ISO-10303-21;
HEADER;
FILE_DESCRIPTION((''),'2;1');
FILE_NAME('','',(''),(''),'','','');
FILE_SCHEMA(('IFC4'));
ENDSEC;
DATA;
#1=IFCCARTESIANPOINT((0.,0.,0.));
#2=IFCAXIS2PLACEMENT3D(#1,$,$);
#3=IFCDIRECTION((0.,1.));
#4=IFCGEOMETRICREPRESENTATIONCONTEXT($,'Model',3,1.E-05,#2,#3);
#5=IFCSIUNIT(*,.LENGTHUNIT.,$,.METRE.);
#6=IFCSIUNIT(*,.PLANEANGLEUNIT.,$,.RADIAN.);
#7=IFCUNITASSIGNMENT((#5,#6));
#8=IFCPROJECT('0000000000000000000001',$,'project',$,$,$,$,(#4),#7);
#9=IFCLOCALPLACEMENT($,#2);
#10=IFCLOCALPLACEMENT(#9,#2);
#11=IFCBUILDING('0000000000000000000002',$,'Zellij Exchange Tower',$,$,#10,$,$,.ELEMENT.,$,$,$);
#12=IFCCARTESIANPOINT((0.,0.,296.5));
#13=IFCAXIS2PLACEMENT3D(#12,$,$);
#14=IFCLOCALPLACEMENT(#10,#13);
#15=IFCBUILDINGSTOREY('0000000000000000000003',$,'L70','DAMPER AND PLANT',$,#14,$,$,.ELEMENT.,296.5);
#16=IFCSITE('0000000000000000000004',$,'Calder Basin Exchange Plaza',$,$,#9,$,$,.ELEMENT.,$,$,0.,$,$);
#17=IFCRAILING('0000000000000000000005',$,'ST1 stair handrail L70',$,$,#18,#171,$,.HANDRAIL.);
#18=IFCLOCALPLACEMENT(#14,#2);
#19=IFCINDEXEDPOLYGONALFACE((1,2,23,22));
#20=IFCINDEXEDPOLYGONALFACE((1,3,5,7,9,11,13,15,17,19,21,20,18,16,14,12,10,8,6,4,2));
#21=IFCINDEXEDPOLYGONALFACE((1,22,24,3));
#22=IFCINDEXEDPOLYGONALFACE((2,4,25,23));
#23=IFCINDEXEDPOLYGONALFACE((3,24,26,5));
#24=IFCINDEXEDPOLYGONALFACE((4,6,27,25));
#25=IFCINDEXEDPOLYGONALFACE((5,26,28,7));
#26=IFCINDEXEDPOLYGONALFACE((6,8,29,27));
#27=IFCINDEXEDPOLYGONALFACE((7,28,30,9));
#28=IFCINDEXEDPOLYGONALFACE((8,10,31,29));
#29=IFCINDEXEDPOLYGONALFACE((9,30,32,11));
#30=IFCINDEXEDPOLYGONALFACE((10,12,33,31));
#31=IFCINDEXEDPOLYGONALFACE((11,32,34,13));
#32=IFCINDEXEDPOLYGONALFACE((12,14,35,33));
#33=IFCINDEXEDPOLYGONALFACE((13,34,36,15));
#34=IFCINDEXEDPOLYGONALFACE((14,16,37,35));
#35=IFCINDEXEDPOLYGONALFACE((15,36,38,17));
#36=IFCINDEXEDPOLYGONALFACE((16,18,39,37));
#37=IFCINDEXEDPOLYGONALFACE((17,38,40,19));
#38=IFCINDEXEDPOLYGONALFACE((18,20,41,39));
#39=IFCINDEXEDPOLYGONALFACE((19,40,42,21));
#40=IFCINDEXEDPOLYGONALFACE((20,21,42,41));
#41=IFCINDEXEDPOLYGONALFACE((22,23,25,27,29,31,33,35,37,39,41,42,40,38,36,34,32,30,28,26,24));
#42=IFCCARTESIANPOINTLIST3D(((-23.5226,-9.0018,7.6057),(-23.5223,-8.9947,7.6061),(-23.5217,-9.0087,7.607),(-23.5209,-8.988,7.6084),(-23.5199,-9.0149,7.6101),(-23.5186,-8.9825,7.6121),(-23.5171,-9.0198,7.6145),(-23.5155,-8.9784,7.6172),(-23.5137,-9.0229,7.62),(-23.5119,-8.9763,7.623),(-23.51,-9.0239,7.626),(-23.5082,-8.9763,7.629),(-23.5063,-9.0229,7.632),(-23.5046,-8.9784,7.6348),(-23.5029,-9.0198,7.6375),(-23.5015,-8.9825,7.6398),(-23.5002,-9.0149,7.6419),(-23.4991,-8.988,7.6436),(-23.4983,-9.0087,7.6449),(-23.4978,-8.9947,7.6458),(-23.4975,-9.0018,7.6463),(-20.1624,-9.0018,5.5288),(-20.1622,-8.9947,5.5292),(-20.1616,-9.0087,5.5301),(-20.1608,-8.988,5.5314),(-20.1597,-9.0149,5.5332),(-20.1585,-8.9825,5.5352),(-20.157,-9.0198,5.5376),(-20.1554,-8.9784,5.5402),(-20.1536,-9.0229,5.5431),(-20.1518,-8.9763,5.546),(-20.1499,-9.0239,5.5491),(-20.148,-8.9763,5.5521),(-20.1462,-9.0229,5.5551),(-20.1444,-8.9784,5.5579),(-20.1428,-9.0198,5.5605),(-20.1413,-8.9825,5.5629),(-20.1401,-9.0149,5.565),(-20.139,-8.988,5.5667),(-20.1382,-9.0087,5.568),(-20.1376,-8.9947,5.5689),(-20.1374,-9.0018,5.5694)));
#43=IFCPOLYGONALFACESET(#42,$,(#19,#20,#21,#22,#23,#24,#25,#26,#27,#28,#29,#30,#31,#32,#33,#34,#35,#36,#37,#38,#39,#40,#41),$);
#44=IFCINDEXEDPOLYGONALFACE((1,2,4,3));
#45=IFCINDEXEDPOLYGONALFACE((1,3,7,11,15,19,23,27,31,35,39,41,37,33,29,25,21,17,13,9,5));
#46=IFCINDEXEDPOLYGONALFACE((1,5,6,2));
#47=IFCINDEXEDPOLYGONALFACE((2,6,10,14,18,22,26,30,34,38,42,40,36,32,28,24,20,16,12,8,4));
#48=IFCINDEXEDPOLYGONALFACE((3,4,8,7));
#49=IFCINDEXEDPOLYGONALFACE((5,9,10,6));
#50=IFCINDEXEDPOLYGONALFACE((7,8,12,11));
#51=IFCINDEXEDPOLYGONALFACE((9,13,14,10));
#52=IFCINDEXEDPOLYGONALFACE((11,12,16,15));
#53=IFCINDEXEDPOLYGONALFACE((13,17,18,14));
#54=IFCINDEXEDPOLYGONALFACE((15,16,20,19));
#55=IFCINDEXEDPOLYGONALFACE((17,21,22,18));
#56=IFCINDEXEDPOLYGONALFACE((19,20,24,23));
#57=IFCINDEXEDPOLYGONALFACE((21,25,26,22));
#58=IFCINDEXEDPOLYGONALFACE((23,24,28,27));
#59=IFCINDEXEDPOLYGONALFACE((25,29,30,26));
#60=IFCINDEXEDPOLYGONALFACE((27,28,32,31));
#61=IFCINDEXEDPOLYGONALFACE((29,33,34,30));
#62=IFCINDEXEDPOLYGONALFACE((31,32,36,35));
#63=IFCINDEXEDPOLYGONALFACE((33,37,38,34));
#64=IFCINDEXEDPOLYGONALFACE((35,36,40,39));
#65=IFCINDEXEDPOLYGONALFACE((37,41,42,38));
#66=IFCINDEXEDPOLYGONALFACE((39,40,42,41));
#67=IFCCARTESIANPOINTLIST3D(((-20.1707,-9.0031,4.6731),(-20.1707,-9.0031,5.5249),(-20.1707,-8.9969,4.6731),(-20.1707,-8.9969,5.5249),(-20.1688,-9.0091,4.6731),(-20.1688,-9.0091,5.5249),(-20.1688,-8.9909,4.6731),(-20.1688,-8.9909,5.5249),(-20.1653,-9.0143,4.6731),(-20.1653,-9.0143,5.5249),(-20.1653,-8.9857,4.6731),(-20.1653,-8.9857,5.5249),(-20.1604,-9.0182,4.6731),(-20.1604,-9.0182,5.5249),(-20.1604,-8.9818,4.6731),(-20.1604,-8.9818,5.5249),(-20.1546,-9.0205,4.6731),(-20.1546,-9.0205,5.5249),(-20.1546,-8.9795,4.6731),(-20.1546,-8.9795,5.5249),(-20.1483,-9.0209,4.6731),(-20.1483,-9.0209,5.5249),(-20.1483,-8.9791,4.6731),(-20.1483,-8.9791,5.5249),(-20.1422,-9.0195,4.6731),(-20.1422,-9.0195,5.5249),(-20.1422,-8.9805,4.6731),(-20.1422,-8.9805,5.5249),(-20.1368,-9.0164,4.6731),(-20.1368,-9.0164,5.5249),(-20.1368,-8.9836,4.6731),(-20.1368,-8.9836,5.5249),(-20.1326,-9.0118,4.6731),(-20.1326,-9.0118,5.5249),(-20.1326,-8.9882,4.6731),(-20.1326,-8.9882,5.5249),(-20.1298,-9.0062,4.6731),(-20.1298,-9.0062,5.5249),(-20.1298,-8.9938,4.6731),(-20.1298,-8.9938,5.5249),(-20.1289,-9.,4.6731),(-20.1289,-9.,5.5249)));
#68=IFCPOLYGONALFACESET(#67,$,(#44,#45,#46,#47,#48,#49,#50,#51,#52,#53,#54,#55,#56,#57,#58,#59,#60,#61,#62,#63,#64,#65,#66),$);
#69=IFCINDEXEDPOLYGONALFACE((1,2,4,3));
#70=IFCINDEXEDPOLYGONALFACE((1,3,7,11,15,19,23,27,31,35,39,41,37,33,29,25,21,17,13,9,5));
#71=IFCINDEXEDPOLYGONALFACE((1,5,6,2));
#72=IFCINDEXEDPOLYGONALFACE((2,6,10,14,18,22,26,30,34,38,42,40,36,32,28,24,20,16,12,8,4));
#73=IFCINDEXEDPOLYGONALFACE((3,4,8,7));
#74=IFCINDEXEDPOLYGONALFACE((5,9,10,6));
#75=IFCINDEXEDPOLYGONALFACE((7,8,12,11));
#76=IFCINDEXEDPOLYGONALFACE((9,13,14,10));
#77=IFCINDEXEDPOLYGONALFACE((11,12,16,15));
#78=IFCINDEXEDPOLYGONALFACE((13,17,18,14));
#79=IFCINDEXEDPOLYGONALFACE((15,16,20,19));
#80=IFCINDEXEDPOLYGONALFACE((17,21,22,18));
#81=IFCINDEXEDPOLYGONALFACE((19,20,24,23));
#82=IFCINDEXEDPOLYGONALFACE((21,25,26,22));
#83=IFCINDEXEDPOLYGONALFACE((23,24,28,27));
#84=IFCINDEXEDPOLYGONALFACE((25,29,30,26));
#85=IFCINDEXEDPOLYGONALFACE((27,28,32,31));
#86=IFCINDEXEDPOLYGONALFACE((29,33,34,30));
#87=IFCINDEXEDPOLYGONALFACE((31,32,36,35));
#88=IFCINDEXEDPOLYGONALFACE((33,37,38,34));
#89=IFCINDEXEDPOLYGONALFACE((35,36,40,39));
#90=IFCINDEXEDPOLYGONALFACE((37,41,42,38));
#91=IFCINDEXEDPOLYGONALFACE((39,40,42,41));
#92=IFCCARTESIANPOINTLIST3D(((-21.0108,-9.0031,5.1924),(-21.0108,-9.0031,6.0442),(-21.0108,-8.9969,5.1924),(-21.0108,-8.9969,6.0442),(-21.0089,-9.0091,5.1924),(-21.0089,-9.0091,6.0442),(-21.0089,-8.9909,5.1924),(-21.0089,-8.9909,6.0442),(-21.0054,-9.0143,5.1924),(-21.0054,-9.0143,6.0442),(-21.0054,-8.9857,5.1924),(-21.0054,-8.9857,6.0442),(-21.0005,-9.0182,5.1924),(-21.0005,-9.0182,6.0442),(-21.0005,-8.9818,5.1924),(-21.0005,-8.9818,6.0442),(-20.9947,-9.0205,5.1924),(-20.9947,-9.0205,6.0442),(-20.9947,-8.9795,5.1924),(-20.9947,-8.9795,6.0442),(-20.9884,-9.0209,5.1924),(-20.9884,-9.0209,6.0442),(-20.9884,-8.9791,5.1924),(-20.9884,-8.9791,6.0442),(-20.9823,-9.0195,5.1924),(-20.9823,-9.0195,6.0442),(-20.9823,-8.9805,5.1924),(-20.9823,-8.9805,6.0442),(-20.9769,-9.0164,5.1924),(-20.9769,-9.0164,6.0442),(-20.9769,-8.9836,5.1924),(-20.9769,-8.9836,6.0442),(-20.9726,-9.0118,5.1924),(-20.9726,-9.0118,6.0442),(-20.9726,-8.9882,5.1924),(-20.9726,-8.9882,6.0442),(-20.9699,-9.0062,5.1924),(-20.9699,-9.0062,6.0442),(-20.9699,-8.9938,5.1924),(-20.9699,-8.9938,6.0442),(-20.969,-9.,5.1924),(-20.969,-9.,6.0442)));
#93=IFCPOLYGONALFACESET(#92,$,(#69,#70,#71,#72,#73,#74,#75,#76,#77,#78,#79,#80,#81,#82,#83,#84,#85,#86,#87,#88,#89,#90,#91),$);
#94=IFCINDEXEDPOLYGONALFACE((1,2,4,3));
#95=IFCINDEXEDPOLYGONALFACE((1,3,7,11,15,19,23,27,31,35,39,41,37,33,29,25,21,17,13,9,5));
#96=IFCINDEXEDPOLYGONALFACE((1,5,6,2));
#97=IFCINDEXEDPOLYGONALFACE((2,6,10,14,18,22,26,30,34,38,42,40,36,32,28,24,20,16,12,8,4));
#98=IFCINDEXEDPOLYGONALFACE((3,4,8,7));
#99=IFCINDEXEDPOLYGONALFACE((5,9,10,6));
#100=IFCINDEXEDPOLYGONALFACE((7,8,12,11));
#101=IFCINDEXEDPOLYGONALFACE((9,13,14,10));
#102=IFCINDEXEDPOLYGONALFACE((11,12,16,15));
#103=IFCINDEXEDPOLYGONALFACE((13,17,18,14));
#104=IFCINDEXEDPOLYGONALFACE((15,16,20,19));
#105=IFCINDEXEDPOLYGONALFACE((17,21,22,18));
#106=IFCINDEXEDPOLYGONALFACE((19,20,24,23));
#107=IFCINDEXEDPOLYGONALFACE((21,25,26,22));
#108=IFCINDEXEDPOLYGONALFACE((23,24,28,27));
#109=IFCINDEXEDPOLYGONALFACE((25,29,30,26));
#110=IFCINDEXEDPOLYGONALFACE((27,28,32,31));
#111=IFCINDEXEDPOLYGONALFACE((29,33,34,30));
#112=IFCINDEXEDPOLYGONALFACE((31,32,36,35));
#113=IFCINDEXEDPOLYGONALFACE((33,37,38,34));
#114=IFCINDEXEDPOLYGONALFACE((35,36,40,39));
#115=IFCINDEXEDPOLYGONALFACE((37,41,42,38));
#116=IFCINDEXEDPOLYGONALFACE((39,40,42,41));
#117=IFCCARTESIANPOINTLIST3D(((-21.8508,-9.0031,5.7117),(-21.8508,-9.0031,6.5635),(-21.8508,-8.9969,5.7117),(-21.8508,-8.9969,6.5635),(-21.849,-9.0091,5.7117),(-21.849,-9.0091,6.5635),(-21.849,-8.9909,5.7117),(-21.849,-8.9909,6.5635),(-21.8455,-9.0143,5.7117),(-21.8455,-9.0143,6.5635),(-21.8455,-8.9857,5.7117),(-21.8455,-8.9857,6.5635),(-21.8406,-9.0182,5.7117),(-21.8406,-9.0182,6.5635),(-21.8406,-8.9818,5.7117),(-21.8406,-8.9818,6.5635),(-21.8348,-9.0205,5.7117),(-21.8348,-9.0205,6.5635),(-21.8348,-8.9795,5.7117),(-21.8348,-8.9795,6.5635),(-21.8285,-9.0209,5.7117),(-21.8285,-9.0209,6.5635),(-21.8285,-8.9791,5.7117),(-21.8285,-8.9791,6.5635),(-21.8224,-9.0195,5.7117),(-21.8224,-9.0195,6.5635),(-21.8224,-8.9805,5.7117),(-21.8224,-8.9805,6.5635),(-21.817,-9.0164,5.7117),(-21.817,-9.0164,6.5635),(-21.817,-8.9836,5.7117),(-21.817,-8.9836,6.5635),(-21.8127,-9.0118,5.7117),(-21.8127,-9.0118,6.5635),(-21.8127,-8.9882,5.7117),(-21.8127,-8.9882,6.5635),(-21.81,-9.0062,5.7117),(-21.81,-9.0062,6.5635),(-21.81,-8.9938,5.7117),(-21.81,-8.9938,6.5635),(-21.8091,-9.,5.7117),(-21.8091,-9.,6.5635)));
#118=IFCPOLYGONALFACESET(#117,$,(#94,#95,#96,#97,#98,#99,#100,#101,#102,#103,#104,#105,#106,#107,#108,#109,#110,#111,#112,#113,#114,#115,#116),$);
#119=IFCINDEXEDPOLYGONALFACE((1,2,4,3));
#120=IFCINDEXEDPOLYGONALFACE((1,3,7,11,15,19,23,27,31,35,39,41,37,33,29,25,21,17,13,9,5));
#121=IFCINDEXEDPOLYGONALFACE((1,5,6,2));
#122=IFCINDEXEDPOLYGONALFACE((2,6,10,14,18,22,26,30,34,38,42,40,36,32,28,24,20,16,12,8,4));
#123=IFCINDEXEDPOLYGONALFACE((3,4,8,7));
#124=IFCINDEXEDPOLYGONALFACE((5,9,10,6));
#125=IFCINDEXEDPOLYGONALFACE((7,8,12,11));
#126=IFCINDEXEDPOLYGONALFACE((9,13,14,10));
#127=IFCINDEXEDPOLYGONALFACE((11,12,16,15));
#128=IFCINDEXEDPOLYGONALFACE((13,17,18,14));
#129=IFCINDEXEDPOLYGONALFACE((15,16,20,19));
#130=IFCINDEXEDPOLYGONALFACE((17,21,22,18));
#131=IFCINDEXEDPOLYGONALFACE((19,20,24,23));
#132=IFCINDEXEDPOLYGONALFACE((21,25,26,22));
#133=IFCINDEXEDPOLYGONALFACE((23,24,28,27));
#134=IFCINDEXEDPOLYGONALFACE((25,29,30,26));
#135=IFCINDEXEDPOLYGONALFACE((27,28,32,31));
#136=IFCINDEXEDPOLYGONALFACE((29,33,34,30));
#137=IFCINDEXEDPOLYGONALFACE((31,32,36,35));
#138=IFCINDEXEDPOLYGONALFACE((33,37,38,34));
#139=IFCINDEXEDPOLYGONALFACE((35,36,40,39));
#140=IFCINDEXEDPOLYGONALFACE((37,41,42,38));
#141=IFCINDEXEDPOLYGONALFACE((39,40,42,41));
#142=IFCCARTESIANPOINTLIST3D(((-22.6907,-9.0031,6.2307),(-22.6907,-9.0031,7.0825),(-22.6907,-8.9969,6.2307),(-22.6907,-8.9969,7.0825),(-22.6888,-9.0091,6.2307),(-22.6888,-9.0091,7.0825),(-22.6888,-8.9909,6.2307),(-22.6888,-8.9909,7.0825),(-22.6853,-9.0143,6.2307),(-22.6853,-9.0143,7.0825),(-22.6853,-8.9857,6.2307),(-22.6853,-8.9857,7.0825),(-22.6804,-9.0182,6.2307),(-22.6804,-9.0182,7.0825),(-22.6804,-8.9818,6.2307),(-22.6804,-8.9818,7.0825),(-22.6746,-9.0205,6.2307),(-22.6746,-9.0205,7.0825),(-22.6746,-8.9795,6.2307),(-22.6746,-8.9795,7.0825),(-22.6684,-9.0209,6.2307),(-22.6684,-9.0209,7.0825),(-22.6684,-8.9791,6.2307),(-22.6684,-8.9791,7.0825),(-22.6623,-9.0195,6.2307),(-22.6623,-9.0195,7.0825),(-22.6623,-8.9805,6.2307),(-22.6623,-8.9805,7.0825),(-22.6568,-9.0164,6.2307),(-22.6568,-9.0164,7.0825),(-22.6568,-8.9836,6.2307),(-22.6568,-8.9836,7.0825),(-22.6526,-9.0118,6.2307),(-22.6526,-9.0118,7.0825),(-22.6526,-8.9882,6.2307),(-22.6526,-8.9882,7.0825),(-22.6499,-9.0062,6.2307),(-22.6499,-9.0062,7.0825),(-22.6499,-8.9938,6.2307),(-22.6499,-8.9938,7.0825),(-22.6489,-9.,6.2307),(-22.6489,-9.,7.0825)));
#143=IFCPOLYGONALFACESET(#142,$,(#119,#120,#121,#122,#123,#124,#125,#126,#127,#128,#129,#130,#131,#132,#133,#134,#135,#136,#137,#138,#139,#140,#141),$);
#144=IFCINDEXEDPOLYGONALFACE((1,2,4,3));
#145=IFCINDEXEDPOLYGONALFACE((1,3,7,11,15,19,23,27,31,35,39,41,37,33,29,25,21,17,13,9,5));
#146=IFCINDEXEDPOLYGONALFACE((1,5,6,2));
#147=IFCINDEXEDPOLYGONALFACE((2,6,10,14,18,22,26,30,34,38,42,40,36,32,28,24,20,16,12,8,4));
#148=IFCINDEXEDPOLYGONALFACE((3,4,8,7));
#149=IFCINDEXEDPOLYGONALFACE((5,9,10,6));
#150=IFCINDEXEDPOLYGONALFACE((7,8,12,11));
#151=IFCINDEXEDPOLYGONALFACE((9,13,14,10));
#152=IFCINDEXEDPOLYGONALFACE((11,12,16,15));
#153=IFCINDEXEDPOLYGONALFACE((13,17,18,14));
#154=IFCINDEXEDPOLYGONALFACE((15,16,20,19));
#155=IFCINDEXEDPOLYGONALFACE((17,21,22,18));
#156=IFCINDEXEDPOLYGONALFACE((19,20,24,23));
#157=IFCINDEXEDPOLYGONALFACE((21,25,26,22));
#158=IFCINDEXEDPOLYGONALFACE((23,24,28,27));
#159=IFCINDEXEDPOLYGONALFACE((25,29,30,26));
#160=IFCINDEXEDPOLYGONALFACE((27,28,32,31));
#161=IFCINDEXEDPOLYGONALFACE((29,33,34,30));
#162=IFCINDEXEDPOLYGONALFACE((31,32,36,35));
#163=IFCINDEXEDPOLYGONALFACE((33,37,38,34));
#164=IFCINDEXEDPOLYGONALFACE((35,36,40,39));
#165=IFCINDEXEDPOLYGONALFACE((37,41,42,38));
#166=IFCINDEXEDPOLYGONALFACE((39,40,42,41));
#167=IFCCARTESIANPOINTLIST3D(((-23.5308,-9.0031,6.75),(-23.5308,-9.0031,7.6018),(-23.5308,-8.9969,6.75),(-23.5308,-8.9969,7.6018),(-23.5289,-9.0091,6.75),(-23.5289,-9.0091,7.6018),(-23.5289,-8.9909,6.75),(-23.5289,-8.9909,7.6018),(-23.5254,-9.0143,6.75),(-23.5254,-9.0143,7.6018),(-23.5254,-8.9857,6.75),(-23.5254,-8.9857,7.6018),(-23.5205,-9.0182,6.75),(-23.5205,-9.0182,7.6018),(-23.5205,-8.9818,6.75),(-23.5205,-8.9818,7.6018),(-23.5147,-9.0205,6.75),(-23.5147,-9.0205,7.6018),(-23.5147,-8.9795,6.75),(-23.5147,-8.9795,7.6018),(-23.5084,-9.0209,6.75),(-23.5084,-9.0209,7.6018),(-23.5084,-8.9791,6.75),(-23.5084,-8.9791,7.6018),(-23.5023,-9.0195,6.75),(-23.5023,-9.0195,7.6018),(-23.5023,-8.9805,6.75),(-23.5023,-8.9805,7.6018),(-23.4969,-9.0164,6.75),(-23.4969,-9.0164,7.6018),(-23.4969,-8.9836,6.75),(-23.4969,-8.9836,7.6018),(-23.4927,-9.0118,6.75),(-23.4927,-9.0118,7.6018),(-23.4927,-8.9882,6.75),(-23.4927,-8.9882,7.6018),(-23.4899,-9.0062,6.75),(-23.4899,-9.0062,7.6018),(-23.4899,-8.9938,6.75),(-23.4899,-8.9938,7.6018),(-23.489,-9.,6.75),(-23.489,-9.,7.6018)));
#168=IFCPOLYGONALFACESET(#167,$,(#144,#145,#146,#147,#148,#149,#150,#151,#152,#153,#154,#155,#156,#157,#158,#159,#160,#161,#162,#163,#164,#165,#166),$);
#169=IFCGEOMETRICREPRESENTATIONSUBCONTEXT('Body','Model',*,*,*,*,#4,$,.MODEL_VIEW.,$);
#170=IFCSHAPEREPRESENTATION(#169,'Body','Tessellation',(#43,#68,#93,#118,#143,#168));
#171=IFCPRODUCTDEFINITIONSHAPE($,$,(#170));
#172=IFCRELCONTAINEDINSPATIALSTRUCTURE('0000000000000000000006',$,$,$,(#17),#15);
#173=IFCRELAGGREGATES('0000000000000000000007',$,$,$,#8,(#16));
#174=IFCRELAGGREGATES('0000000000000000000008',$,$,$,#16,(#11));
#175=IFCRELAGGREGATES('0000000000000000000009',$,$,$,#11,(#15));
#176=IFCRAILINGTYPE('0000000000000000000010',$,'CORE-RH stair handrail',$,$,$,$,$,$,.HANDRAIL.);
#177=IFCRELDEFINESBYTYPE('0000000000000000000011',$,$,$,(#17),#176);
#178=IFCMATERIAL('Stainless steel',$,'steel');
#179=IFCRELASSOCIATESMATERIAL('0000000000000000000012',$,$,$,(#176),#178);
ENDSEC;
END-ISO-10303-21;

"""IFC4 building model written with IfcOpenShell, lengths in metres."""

from ifc_helpers import new_model, si_unit, direction, frame, origin, origin_2d, place, context, subcontext, project, spatial, circle, extrude, material, type_object, element, save


model = new_model("IFC4")

# Units and contexts
model_context = context("Model", 3, precision=1e-05, world=origin(), true_north=direction((0.0, 1.0)))
body_context = subcontext(model_context, "Body", "Model", "MODEL_VIEW")
ifc_project = project(units=[si_unit("LENGTHUNIT", "METRE"), si_unit("PLANEANGLEUNIT", "RADIAN")], contexts=[model_context])

# Site, building, storey
site_placement = place(None, origin())
site = spatial("IfcSite", under=ifc_project, at=site_placement, Name="Calder Basin Exchange Plaza", CompositionType="ELEMENT", RefElevation=0.0)
building_placement = place(site_placement, origin())
building = spatial("IfcBuilding", under=site, at=building_placement, Name="Zellij Exchange Tower", CompositionType="ELEMENT")
storey_placement = place(building_placement, frame((0.0, 0.0, 296.5)))
storey = spatial("IfcBuildingStorey", under=building, at=storey_placement, Name="L70", Description="DAMPER AND PLANT", CompositionType="ELEMENT", Elevation=296.5)

# Railing
ifc_material_1 = material(Name="Stainless steel", Category="steel")
railing_type_1 = type_object("IfcRailingType", Name="CORE-RH stair handrail", PredefinedType="HANDRAIL", material=ifc_material_1)
for number, where, name in (
    (1, (-20.1499, -9.0, 4.6731), "ST1 stair handrail L70"),
):
    element("IfcRailing", number, at=place(storey_placement, frame(where)), inside=storey, type_object=railing_type_1, Name=name, PredefinedType="HANDRAIL", context=body_context, shape_type="SweptSolid", body=[
        extrude(circle(Radius=0.0239, at=origin_2d()), frame((0.0, 0.0, 0.876), z_axis=(-0.850623, 0.0, 0.525776), x_axis=(0.0, -1.0, 0.0)), (0.0, 0.0, 1.0), 3.9502),
        extrude(circle(Radius=0.021, at=origin_2d()), origin(), (0.0, 0.0, 1.0), 0.8518),
        extrude(circle(Radius=0.021, at=origin_2d()), frame((-0.8401, 0.0, 0.5193)), (0.0, 0.0, 1.0), 0.8518),
        extrude(circle(Radius=0.021, at=origin_2d()), frame((-1.6802, 0.0, 1.0386)), (0.0, 0.0, 1.0), 0.8518),
        extrude(circle(Radius=0.021, at=origin_2d()), frame((-2.52, 0.0, 1.5576)), (0.0, 0.0, 1.0), 0.8518),
        extrude(circle(Radius=0.021, at=origin_2d()), frame((-3.3601, 0.0, 2.0769)), (0.0, 0.0, 1.0), 0.8518),
    ])

save(model, "model.ifc")
